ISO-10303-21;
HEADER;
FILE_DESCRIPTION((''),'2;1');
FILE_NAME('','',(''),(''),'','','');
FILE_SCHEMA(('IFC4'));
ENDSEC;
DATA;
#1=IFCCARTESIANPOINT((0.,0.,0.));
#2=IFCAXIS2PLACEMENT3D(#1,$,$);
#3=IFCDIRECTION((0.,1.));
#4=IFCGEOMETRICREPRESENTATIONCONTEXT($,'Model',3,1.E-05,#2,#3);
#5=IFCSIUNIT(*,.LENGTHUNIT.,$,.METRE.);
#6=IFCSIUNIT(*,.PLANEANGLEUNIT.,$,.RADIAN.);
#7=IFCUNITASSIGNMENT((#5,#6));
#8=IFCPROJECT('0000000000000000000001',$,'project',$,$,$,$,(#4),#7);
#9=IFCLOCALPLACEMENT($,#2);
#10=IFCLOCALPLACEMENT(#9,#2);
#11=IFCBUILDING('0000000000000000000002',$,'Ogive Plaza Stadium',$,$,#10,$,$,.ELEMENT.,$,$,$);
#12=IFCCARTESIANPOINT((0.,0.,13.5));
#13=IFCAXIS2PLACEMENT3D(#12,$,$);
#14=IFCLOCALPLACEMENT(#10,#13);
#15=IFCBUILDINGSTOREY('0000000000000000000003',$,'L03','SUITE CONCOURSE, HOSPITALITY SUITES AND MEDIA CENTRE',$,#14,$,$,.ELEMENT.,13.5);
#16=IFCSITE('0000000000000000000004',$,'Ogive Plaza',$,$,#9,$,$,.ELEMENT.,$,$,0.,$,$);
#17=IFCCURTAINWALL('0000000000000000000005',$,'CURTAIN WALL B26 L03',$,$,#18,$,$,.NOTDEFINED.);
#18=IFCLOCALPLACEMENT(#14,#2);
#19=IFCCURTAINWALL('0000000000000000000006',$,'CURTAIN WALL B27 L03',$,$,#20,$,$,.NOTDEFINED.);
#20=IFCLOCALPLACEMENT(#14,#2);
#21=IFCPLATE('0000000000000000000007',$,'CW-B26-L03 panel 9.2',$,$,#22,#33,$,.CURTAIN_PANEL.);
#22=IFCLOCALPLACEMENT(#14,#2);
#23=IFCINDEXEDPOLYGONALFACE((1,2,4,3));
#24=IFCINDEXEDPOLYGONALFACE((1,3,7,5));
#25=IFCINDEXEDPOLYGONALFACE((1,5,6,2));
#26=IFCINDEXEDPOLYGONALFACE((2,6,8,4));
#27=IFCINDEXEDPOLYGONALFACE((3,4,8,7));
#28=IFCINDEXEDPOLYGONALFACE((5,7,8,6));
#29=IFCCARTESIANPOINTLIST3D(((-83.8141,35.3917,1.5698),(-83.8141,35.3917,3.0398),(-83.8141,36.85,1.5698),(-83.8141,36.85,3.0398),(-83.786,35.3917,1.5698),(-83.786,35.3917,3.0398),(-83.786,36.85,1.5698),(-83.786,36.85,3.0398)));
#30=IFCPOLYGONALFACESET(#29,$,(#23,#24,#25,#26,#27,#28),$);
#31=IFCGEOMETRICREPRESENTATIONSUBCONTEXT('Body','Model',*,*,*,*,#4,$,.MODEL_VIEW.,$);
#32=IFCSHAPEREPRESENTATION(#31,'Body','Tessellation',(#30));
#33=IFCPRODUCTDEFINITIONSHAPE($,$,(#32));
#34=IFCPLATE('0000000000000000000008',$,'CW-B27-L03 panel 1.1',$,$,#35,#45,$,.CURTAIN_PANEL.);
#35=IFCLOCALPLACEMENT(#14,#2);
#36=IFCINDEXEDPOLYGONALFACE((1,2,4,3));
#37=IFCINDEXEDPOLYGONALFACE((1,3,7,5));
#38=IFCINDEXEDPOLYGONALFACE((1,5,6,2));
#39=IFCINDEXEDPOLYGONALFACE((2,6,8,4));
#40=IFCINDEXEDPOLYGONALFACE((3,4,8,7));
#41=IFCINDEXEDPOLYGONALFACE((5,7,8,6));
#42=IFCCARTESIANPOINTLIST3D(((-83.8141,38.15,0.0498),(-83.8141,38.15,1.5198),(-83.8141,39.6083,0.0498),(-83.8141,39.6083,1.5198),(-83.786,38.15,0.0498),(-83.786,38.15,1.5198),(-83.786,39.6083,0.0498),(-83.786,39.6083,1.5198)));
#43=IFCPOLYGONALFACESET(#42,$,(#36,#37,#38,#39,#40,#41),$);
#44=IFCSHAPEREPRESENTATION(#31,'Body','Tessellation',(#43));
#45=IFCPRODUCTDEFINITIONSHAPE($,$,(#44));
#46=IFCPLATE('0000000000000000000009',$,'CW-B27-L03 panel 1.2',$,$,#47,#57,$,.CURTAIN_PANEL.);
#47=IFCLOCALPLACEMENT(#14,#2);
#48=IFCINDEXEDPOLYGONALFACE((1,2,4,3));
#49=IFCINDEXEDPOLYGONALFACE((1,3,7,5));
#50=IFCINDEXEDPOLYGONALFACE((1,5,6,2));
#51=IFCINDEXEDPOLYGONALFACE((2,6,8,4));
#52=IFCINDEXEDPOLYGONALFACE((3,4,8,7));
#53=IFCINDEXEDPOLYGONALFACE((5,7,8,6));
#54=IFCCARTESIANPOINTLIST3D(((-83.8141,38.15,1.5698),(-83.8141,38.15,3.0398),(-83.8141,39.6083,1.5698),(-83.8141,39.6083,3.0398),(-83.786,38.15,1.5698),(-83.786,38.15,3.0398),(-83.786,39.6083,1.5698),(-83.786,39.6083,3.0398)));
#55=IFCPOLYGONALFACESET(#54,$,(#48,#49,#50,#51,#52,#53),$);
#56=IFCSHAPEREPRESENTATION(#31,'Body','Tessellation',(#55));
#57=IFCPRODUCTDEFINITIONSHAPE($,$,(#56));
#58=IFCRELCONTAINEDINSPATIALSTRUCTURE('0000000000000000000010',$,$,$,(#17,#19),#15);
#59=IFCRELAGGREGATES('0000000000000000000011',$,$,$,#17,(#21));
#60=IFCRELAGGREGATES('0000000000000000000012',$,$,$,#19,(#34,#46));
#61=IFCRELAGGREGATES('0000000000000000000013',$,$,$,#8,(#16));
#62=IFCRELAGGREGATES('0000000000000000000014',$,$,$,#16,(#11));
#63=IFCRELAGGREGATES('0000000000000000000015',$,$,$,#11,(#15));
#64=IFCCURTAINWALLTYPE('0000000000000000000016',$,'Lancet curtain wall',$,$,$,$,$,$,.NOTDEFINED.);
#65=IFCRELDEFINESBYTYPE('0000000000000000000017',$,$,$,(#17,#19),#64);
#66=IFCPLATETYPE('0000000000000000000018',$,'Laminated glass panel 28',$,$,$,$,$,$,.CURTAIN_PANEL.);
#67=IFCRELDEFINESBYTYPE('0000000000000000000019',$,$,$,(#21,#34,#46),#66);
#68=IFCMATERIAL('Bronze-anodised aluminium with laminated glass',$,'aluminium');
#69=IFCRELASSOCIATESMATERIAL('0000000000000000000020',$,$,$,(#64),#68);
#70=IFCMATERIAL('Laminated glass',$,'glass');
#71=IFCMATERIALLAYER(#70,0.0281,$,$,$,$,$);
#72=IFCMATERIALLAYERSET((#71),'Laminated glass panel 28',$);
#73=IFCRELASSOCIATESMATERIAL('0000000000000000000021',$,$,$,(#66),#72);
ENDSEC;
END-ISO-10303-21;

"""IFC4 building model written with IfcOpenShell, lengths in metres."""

from ifc_helpers import new_model, si_unit, direction, frame, origin, origin_2d, place, context, subcontext, project, spatial, rectangle, extrude, material, layer, layer_set, type_object, element, aggregate, save


model = new_model("IFC4")

# Units and contexts
model_context = context("Model", 3, precision=1e-05, world=origin(), true_north=direction((0.0, 1.0)))
body_context = subcontext(model_context, "Body", "Model", "MODEL_VIEW")
ifc_project = project(units=[si_unit("LENGTHUNIT", "METRE"), si_unit("PLANEANGLEUNIT", "RADIAN")], contexts=[model_context])

# Site, building, storey
site_placement = place(None, origin())
site = spatial("IfcSite", under=ifc_project, at=site_placement, Name="Ogive Plaza", CompositionType="ELEMENT", RefElevation=0.0)
building_placement = place(site_placement, origin())
building = spatial("IfcBuilding", under=site, at=building_placement, Name="Ogive Plaza Stadium", CompositionType="ELEMENT")
storey_placement = place(building_placement, frame((0.0, 0.0, 13.5)))
storey = spatial("IfcBuildingStorey", under=building, at=storey_placement, Name="L03", Description="SUITE CONCOURSE, HOSPITALITY SUITES AND MEDIA CENTRE", CompositionType="ELEMENT", Elevation=13.5)

# Curtain walls
ifc_material_1 = material(Name="Bronze-anodised aluminium with laminated glass", Category="aluminium")
curtain_wall_type = type_object("IfcCurtainWallType", Name="Lancet curtain wall", PredefinedType="NOTDEFINED", material=ifc_material_1)
curtain_wall_1_placement = place(storey_placement, origin())
curtain_wall_1 = element("IfcCurtainWall", 1, at=curtain_wall_1_placement, inside=storey, type_object=curtain_wall_type, Name="CURTAIN WALL B26 L03", PredefinedType="NOTDEFINED")
curtain_wall_2_placement = place(storey_placement, origin())
curtain_wall_2 = element("IfcCurtainWall", 2, at=curtain_wall_2_placement, inside=storey, type_object=curtain_wall_type, Name="CURTAIN WALL B27 L03", PredefinedType="NOTDEFINED")

# Plates
ifc_material_2 = material(Name="Laminated glass", Category="glass")
ifc_layer = layer(ifc_material_2, 0.0281)
ifc_layer_set = layer_set([ifc_layer], Name="Laminated glass panel 28")
plate_type = type_object("IfcPlateType", Name="Laminated glass panel 28", PredefinedType="CURTAIN_PANEL", material=ifc_layer_set)
plate_1_placement = place(storey_placement, frame((-83.8, 36.1208, 1.5698), z_axis=(0.0, 0.0, 1.0), x_axis=(0.0, 1.0, 0.0)))
plate_1 = element("IfcPlate", 3, at=plate_1_placement, type_object=plate_type, Name="CW-B26-L03 panel 9.2", PredefinedType="CURTAIN_PANEL", context=body_context, shape_type="SweptSolid", body=[
    extrude(rectangle(XDim=1.4583, YDim=0.0281, at=origin_2d()), origin(), (0.0, 0.0, 1.0), 1.47),
])
aggregate(curtain_wall_1, [plate_1])
plate_2_placement = place(storey_placement, frame((-83.8, 38.8792, 0.0498), z_axis=(0.0, 0.0, 1.0), x_axis=(0.0, 1.0, 0.0)))
plate_2 = element("IfcPlate", 4, at=plate_2_placement, type_object=plate_type, Name="CW-B27-L03 panel 1.1", PredefinedType="CURTAIN_PANEL", context=body_context, shape_type="SweptSolid", body=[
    extrude(rectangle(XDim=1.4583, YDim=0.0281, at=origin_2d()), origin(), (0.0, 0.0, 1.0), 1.47),
])
plate_3_placement = place(storey_placement, frame((-83.8, 38.8792, 1.5698), z_axis=(0.0, 0.0, 1.0), x_axis=(0.0, 1.0, 0.0)))
plate_3 = element("IfcPlate", 5, at=plate_3_placement, type_object=plate_type, Name="CW-B27-L03 panel 1.2", PredefinedType="CURTAIN_PANEL", context=body_context, shape_type="SweptSolid", body=[
    extrude(rectangle(XDim=1.4583, YDim=0.0281, at=origin_2d()), origin(), (0.0, 0.0, 1.0), 1.47),
])
aggregate(curtain_wall_2, [plate_2, plate_3])

save(model, "model.ifc")
